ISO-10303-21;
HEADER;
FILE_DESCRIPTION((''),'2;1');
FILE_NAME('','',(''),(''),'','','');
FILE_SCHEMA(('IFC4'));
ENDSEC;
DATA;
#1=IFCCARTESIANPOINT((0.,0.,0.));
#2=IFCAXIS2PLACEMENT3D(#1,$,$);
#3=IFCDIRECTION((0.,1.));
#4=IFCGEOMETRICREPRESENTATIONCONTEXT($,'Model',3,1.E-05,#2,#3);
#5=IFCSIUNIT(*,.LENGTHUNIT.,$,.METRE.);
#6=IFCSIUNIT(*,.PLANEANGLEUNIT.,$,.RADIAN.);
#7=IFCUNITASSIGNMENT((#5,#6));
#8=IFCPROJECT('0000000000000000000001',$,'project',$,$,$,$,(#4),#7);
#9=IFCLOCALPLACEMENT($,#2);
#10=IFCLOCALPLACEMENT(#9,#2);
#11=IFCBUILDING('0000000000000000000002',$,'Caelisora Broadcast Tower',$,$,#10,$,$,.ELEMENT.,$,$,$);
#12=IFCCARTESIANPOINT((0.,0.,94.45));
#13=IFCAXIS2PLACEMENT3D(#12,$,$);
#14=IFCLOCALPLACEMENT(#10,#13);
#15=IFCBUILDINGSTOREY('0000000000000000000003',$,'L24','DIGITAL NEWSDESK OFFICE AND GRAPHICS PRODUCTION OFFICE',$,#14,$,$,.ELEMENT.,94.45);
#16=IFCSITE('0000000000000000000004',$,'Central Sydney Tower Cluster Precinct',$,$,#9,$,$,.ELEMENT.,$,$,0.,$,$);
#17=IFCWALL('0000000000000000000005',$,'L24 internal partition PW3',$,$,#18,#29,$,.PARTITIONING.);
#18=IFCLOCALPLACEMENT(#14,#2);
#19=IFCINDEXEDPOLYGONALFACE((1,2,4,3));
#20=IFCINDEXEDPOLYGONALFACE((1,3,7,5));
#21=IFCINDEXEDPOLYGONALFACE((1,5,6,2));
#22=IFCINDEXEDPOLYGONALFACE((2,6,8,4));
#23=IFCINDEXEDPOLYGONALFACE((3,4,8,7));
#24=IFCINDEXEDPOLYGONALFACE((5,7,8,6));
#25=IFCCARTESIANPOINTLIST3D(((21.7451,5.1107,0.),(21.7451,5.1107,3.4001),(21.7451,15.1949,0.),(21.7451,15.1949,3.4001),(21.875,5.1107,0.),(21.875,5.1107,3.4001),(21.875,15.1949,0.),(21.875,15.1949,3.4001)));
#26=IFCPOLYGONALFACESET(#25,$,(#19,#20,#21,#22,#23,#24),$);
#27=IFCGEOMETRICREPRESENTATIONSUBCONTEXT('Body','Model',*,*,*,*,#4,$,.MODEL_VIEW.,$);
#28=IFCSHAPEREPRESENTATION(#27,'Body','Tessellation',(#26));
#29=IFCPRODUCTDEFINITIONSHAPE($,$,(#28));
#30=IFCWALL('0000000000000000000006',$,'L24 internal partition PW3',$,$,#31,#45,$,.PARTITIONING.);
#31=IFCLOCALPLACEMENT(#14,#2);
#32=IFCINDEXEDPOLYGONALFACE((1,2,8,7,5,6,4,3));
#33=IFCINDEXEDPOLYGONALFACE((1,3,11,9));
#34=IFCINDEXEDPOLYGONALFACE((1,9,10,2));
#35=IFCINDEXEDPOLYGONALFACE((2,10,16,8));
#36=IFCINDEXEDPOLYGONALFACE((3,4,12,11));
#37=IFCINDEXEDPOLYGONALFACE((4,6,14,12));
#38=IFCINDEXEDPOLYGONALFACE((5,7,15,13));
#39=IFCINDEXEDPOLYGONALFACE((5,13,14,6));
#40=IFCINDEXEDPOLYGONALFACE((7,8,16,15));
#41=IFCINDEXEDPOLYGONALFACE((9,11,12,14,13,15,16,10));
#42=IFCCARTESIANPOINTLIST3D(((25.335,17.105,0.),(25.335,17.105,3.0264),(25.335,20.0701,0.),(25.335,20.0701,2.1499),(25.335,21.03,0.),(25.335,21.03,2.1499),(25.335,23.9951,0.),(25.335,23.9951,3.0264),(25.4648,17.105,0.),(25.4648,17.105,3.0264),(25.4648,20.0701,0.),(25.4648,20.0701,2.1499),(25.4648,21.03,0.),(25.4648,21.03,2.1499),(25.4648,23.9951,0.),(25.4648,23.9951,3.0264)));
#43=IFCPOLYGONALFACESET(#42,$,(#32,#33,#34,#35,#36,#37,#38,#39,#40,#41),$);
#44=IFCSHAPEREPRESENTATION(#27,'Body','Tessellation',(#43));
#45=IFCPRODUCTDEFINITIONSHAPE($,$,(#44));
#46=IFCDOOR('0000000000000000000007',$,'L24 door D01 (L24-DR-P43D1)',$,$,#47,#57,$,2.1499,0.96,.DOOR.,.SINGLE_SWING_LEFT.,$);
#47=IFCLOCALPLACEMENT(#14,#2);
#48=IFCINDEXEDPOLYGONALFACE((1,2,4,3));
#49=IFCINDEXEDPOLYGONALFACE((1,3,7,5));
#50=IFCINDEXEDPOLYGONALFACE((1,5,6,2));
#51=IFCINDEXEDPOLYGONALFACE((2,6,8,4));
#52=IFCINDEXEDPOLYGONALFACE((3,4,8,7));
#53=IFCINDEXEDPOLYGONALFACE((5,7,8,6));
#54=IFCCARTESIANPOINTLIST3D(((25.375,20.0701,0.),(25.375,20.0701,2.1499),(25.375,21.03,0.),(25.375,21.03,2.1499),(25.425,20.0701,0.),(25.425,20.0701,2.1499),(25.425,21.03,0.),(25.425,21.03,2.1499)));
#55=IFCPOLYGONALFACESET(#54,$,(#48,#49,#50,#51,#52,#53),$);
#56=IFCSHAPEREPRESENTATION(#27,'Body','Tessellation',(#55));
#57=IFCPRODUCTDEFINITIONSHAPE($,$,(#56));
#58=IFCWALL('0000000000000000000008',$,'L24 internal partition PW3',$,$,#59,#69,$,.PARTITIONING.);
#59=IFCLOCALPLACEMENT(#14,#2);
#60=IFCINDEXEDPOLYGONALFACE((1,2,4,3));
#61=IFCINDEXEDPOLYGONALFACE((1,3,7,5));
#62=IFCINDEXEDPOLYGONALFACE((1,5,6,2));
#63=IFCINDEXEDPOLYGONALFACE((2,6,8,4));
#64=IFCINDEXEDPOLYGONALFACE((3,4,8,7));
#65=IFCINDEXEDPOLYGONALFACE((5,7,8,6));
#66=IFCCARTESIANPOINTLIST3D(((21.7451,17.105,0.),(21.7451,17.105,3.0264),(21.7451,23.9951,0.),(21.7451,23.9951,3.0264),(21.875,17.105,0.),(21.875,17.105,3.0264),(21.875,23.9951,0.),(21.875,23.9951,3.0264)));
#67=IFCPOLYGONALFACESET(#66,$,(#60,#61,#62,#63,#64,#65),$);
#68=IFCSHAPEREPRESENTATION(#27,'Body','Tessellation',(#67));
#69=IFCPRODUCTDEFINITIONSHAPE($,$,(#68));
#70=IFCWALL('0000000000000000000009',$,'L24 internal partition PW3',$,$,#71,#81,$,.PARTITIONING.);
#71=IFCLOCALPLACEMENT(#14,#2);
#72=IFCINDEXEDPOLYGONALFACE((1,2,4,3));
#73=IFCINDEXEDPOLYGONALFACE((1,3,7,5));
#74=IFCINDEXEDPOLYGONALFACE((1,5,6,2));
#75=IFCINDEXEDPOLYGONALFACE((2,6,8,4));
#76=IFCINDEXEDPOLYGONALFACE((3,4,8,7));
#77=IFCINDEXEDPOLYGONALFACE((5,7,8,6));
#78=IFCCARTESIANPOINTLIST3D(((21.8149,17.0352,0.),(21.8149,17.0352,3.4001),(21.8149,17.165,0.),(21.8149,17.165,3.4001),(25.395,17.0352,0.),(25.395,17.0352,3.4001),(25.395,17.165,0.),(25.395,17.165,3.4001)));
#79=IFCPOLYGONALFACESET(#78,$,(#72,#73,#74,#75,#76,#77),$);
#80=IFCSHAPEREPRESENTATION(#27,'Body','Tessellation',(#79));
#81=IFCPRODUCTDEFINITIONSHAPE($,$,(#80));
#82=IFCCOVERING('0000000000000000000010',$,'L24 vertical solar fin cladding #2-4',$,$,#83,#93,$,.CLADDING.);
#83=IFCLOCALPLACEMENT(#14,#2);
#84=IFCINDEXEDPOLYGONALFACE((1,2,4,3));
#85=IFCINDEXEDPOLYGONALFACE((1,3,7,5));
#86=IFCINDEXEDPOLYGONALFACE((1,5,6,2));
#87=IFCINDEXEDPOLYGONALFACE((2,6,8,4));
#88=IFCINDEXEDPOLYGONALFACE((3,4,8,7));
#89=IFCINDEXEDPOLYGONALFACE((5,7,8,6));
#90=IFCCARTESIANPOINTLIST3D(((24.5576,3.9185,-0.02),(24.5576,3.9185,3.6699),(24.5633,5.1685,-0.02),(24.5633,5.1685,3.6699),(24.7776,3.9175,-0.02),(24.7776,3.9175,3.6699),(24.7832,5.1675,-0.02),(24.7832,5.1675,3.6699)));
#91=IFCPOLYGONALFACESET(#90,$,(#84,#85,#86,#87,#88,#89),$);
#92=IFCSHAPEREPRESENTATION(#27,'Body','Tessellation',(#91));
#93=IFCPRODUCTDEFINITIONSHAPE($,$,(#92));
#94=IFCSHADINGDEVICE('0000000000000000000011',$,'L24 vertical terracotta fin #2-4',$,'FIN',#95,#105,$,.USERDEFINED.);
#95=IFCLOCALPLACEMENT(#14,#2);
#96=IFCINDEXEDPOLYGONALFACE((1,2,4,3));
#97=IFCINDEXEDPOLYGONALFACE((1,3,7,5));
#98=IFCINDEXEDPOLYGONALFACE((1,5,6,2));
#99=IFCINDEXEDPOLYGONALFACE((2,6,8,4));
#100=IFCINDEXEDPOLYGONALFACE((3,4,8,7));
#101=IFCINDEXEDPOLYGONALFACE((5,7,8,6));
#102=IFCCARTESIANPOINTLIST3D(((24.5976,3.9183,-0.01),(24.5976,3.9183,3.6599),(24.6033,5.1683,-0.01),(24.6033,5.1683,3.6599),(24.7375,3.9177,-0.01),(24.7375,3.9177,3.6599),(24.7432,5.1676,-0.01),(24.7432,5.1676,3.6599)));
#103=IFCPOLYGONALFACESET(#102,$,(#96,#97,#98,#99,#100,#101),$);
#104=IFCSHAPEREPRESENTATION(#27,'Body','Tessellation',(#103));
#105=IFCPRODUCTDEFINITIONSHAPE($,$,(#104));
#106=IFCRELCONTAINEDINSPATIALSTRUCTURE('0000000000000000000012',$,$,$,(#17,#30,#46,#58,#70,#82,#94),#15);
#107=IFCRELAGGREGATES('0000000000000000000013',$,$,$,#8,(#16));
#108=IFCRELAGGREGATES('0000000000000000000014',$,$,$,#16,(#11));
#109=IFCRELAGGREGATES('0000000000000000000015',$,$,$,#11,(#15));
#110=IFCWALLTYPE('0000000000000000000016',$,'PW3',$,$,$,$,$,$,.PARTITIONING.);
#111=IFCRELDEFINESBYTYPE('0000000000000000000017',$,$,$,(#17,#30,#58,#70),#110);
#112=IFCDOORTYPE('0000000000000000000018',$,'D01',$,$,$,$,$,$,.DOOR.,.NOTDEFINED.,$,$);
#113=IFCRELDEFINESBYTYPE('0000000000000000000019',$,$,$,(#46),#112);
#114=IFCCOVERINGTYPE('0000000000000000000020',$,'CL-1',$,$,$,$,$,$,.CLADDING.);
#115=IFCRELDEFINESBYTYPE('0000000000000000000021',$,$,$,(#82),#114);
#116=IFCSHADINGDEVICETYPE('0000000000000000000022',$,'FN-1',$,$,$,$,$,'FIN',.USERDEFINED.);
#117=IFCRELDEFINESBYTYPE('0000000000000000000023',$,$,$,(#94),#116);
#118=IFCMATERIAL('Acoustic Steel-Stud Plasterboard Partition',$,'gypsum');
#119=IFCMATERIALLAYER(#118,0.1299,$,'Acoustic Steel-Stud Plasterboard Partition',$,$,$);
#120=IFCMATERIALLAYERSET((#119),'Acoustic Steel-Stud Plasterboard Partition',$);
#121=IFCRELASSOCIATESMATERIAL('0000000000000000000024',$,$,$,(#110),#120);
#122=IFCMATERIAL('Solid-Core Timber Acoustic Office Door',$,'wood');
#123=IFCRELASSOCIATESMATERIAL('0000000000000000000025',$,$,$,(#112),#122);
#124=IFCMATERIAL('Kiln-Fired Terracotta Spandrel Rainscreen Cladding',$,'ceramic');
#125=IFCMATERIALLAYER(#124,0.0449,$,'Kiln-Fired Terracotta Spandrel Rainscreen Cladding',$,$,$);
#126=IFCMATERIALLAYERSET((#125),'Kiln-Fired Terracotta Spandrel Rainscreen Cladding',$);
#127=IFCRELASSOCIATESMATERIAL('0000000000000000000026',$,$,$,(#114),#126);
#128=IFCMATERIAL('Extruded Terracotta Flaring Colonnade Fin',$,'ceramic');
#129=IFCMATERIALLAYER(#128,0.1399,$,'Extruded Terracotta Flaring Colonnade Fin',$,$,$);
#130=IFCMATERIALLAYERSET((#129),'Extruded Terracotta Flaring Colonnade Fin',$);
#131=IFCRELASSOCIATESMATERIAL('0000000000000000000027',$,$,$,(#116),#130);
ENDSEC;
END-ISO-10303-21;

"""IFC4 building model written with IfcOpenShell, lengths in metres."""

from ifc_helpers import new_model, si_unit, direction, frame, frame_2d, origin, origin_2d, place, context, subcontext, project, spatial, rectangle, extrude, source, transform, mapped, material, layer, layer_set, type_object, type_shapes, element, fill, save


model = new_model("IFC4")

# Units and contexts
model_context = context("Model", 3, precision=1e-05, world=origin(), true_north=direction((0.0, 1.0)))
body_context = subcontext(model_context, "Body", "Model", "MODEL_VIEW")
ifc_project = project(units=[si_unit("LENGTHUNIT", "METRE"), si_unit("PLANEANGLEUNIT", "RADIAN")], contexts=[model_context])

# Site, building, storey
site_placement = place(None, origin())
site = spatial("IfcSite", under=ifc_project, at=site_placement, Name="Central Sydney Tower Cluster Precinct", CompositionType="ELEMENT", RefElevation=0.0)
building_placement = place(site_placement, origin())
building = spatial("IfcBuilding", under=site, at=building_placement, Name="Caelisora Broadcast Tower", CompositionType="ELEMENT")
storey_placement = place(building_placement, frame((0.0, 0.0, 94.45)))
storey = spatial("IfcBuildingStorey", under=building, at=storey_placement, Name="L24", Description="DIGITAL NEWSDESK OFFICE AND GRAPHICS PRODUCTION OFFICE", CompositionType="ELEMENT", Elevation=94.45)

# Shared definitions
ifc_material_1 = material(Name="Acoustic Steel-Stud Plasterboard Partition", Category="gypsum")
ifc_layer_1 = layer(ifc_material_1, 0.1299, Name="Acoustic Steel-Stud Plasterboard Partition")
ifc_layer_set_1 = layer_set([ifc_layer_1], Name="Acoustic Steel-Stud Plasterboard Partition")
wall_type_1 = type_object("IfcWallType", Name="PW3", PredefinedType="PARTITIONING", material=ifc_layer_set_1)
ifc_material_2 = material(Name="Solid-Core Timber Acoustic Office Door", Category="wood")
door_type_1 = type_object("IfcDoorType", Name="D01", OperationType="NOTDEFINED", PredefinedType="DOOR", material=ifc_material_2)

# Wall
wall_1_placement = place(storey_placement, frame((21.8101, 5.1108, 0.0), z_axis=(0.0, 0.0, 1.0), x_axis=(0.0, 1.0, 0.0)))
element("IfcWall", 1, at=wall_1_placement, inside=storey, type_object=wall_type_1, Name="L24 internal partition PW3", PredefinedType="PARTITIONING", context=body_context, shape_type="SweptSolid", body=[
    extrude(rectangle(XDim=10.0842, YDim=0.1299, at=frame_2d((5.042, 0.0))), origin(), (0.0, 0.0, 1.0), 3.4001),
])

# Wall, opening, door
wall_2_placement = place(storey_placement, frame((25.3999, 17.105, 0.0), z_axis=(0.0, 0.0, 1.0), x_axis=(0.0, 1.0, 0.0)))
wall_2 = element("IfcWall", 2, at=wall_2_placement, inside=storey, type_object=wall_type_1, Name="L24 internal partition PW3", PredefinedType="PARTITIONING", context=body_context, shape_type="SweptSolid", body=[
    extrude(rectangle(XDim=6.8901, YDim=0.1299, at=frame_2d((3.4451, 0.0))), origin(), (0.0, 0.0, 1.0), 3.0264),
])
opening_1_placement = place(wall_2_placement, frame((2.9651, 0.0, 0.0)))
opening_1 = element("IfcOpeningElement", 3, at=opening_1_placement, cuts=wall_2, PredefinedType="OPENING", context=body_context, shape_type="SweptSolid", body=[
    extrude(rectangle(XDim=0.96, YDim=2.1499, at=frame_2d((0.48, 1.075))), frame((0.0, 0.0769, 0.0), z_axis=(0.0, -1.0, 0.0), x_axis=(1.0, 0.0, 0.0)), (0.0, 0.0, 1.0), 0.1538),
])
door_1_placement = place(opening_1_placement, origin())
door_1 = element("IfcDoor", 4, at=door_1_placement, inside=storey, type_object=door_type_1, Name="L24 door D01 (L24-DR-P43D1)", OperationType="SINGLE_SWING_LEFT", OverallHeight=2.1499, OverallWidth=0.96, PredefinedType="DOOR", context=body_context, shape_type="SweptSolid", body=[
    extrude(rectangle(XDim=0.96, YDim=2.1499, at=frame_2d((0.48, 1.075))), frame((0.0, 0.0249, 0.0), z_axis=(0.0, -1.0, 0.0), x_axis=(1.0, 0.0, 0.0)), (0.0, 0.0, 1.0), 0.05),
])
fill(opening_1, door_1)

# Walls
wall_3_placement = place(storey_placement, frame((21.8101, 17.105, 0.0), z_axis=(0.0, 0.0, 1.0), x_axis=(0.0, 1.0, 0.0)))
element("IfcWall", 5, at=wall_3_placement, inside=storey, type_object=wall_type_1, Name="L24 internal partition PW3", PredefinedType="PARTITIONING", context=body_context, shape_type="SweptSolid", body=[
    extrude(rectangle(XDim=6.8901, YDim=0.1299, at=frame_2d((3.4451, 0.0))), origin(), (0.0, 0.0, 1.0), 3.0264),
])
wall_4_placement = place(storey_placement, frame((21.8149, 17.1001, 0.0), z_axis=(0.0, 0.0, 1.0), x_axis=(1.0, 0.0, 0.0)))
element("IfcWall", 6, at=wall_4_placement, inside=storey, type_object=wall_type_1, Name="L24 internal partition PW3", PredefinedType="PARTITIONING", context=body_context, shape_type="SweptSolid", body=[
    extrude(rectangle(XDim=3.5801, YDim=0.1299, at=frame_2d((1.79, 0.0))), origin(), (0.0, 0.0, 1.0), 3.4001),
])

# Covering
ifc_material_3 = material(Name="Kiln-Fired Terracotta Spandrel Rainscreen Cladding", Category="ceramic")
ifc_layer_2 = layer(ifc_material_3, 0.0449, Name="Kiln-Fired Terracotta Spandrel Rainscreen Cladding")
ifc_layer_set_2 = layer_set([ifc_layer_2], Name="Kiln-Fired Terracotta Spandrel Rainscreen Cladding")
covering_type = type_object("IfcCoveringType", Name="CL-1", PredefinedType="CLADDING", material=ifc_layer_set_2)
shared_shape_1 = source(origin(), body_context, "Body", "SweptSolid", [
    extrude(rectangle(XDim=0.22, YDim=1.25, at=origin_2d()), origin(), (0.0, 0.0, 1.0), 3.6899),
])
type_shapes(covering_type, [shared_shape_1])
covering_placement = place(storey_placement, frame((24.6704, 4.543, -0.02), z_axis=(0.0, 0.0, 1.0), x_axis=(-0.99999, 0.004538, 0.0)))
element("IfcCovering", 7, at=covering_placement, inside=storey, type_object=covering_type, Name="L24 vertical solar fin cladding #2-4", PredefinedType="CLADDING", context=body_context, shape_type="MappedRepresentation", body=[
    mapped(shared_shape_1, transform((0.0, 0.0, 0.0), scale=1.0)),
])

# Shading device
ifc_material_4 = material(Name="Extruded Terracotta Flaring Colonnade Fin", Category="ceramic")
ifc_layer_3 = layer(ifc_material_4, 0.1399, Name="Extruded Terracotta Flaring Colonnade Fin")
ifc_layer_set_3 = layer_set([ifc_layer_3], Name="Extruded Terracotta Flaring Colonnade Fin")
shading_device_type = type_object("IfcShadingDeviceType", Name="FN-1", ElementType="FIN", PredefinedType="USERDEFINED", material=ifc_layer_set_3)
shared_shape_2 = source(origin(), body_context, "Body", "SweptSolid", [
    extrude(rectangle(XDim=0.1399, YDim=1.25, at=origin_2d()), origin(), (0.0, 0.0, 1.0), 3.6699),
])
type_shapes(shading_device_type, [shared_shape_2])
shading_device_placement = place(storey_placement, frame((24.6704, 4.543, -0.01), z_axis=(0.0, 0.0, 1.0), x_axis=(-0.99999, 0.004538, 0.0)))
element("IfcShadingDevice", 8, at=shading_device_placement, inside=storey, type_object=shading_device_type, Name="L24 vertical terracotta fin #2-4", ObjectType="FIN", PredefinedType="USERDEFINED", context=body_context, shape_type="MappedRepresentation", body=[
    mapped(shared_shape_2, transform((0.0, 0.0, 0.0), scale=1.0)),
])

save(model, "model.ifc")
